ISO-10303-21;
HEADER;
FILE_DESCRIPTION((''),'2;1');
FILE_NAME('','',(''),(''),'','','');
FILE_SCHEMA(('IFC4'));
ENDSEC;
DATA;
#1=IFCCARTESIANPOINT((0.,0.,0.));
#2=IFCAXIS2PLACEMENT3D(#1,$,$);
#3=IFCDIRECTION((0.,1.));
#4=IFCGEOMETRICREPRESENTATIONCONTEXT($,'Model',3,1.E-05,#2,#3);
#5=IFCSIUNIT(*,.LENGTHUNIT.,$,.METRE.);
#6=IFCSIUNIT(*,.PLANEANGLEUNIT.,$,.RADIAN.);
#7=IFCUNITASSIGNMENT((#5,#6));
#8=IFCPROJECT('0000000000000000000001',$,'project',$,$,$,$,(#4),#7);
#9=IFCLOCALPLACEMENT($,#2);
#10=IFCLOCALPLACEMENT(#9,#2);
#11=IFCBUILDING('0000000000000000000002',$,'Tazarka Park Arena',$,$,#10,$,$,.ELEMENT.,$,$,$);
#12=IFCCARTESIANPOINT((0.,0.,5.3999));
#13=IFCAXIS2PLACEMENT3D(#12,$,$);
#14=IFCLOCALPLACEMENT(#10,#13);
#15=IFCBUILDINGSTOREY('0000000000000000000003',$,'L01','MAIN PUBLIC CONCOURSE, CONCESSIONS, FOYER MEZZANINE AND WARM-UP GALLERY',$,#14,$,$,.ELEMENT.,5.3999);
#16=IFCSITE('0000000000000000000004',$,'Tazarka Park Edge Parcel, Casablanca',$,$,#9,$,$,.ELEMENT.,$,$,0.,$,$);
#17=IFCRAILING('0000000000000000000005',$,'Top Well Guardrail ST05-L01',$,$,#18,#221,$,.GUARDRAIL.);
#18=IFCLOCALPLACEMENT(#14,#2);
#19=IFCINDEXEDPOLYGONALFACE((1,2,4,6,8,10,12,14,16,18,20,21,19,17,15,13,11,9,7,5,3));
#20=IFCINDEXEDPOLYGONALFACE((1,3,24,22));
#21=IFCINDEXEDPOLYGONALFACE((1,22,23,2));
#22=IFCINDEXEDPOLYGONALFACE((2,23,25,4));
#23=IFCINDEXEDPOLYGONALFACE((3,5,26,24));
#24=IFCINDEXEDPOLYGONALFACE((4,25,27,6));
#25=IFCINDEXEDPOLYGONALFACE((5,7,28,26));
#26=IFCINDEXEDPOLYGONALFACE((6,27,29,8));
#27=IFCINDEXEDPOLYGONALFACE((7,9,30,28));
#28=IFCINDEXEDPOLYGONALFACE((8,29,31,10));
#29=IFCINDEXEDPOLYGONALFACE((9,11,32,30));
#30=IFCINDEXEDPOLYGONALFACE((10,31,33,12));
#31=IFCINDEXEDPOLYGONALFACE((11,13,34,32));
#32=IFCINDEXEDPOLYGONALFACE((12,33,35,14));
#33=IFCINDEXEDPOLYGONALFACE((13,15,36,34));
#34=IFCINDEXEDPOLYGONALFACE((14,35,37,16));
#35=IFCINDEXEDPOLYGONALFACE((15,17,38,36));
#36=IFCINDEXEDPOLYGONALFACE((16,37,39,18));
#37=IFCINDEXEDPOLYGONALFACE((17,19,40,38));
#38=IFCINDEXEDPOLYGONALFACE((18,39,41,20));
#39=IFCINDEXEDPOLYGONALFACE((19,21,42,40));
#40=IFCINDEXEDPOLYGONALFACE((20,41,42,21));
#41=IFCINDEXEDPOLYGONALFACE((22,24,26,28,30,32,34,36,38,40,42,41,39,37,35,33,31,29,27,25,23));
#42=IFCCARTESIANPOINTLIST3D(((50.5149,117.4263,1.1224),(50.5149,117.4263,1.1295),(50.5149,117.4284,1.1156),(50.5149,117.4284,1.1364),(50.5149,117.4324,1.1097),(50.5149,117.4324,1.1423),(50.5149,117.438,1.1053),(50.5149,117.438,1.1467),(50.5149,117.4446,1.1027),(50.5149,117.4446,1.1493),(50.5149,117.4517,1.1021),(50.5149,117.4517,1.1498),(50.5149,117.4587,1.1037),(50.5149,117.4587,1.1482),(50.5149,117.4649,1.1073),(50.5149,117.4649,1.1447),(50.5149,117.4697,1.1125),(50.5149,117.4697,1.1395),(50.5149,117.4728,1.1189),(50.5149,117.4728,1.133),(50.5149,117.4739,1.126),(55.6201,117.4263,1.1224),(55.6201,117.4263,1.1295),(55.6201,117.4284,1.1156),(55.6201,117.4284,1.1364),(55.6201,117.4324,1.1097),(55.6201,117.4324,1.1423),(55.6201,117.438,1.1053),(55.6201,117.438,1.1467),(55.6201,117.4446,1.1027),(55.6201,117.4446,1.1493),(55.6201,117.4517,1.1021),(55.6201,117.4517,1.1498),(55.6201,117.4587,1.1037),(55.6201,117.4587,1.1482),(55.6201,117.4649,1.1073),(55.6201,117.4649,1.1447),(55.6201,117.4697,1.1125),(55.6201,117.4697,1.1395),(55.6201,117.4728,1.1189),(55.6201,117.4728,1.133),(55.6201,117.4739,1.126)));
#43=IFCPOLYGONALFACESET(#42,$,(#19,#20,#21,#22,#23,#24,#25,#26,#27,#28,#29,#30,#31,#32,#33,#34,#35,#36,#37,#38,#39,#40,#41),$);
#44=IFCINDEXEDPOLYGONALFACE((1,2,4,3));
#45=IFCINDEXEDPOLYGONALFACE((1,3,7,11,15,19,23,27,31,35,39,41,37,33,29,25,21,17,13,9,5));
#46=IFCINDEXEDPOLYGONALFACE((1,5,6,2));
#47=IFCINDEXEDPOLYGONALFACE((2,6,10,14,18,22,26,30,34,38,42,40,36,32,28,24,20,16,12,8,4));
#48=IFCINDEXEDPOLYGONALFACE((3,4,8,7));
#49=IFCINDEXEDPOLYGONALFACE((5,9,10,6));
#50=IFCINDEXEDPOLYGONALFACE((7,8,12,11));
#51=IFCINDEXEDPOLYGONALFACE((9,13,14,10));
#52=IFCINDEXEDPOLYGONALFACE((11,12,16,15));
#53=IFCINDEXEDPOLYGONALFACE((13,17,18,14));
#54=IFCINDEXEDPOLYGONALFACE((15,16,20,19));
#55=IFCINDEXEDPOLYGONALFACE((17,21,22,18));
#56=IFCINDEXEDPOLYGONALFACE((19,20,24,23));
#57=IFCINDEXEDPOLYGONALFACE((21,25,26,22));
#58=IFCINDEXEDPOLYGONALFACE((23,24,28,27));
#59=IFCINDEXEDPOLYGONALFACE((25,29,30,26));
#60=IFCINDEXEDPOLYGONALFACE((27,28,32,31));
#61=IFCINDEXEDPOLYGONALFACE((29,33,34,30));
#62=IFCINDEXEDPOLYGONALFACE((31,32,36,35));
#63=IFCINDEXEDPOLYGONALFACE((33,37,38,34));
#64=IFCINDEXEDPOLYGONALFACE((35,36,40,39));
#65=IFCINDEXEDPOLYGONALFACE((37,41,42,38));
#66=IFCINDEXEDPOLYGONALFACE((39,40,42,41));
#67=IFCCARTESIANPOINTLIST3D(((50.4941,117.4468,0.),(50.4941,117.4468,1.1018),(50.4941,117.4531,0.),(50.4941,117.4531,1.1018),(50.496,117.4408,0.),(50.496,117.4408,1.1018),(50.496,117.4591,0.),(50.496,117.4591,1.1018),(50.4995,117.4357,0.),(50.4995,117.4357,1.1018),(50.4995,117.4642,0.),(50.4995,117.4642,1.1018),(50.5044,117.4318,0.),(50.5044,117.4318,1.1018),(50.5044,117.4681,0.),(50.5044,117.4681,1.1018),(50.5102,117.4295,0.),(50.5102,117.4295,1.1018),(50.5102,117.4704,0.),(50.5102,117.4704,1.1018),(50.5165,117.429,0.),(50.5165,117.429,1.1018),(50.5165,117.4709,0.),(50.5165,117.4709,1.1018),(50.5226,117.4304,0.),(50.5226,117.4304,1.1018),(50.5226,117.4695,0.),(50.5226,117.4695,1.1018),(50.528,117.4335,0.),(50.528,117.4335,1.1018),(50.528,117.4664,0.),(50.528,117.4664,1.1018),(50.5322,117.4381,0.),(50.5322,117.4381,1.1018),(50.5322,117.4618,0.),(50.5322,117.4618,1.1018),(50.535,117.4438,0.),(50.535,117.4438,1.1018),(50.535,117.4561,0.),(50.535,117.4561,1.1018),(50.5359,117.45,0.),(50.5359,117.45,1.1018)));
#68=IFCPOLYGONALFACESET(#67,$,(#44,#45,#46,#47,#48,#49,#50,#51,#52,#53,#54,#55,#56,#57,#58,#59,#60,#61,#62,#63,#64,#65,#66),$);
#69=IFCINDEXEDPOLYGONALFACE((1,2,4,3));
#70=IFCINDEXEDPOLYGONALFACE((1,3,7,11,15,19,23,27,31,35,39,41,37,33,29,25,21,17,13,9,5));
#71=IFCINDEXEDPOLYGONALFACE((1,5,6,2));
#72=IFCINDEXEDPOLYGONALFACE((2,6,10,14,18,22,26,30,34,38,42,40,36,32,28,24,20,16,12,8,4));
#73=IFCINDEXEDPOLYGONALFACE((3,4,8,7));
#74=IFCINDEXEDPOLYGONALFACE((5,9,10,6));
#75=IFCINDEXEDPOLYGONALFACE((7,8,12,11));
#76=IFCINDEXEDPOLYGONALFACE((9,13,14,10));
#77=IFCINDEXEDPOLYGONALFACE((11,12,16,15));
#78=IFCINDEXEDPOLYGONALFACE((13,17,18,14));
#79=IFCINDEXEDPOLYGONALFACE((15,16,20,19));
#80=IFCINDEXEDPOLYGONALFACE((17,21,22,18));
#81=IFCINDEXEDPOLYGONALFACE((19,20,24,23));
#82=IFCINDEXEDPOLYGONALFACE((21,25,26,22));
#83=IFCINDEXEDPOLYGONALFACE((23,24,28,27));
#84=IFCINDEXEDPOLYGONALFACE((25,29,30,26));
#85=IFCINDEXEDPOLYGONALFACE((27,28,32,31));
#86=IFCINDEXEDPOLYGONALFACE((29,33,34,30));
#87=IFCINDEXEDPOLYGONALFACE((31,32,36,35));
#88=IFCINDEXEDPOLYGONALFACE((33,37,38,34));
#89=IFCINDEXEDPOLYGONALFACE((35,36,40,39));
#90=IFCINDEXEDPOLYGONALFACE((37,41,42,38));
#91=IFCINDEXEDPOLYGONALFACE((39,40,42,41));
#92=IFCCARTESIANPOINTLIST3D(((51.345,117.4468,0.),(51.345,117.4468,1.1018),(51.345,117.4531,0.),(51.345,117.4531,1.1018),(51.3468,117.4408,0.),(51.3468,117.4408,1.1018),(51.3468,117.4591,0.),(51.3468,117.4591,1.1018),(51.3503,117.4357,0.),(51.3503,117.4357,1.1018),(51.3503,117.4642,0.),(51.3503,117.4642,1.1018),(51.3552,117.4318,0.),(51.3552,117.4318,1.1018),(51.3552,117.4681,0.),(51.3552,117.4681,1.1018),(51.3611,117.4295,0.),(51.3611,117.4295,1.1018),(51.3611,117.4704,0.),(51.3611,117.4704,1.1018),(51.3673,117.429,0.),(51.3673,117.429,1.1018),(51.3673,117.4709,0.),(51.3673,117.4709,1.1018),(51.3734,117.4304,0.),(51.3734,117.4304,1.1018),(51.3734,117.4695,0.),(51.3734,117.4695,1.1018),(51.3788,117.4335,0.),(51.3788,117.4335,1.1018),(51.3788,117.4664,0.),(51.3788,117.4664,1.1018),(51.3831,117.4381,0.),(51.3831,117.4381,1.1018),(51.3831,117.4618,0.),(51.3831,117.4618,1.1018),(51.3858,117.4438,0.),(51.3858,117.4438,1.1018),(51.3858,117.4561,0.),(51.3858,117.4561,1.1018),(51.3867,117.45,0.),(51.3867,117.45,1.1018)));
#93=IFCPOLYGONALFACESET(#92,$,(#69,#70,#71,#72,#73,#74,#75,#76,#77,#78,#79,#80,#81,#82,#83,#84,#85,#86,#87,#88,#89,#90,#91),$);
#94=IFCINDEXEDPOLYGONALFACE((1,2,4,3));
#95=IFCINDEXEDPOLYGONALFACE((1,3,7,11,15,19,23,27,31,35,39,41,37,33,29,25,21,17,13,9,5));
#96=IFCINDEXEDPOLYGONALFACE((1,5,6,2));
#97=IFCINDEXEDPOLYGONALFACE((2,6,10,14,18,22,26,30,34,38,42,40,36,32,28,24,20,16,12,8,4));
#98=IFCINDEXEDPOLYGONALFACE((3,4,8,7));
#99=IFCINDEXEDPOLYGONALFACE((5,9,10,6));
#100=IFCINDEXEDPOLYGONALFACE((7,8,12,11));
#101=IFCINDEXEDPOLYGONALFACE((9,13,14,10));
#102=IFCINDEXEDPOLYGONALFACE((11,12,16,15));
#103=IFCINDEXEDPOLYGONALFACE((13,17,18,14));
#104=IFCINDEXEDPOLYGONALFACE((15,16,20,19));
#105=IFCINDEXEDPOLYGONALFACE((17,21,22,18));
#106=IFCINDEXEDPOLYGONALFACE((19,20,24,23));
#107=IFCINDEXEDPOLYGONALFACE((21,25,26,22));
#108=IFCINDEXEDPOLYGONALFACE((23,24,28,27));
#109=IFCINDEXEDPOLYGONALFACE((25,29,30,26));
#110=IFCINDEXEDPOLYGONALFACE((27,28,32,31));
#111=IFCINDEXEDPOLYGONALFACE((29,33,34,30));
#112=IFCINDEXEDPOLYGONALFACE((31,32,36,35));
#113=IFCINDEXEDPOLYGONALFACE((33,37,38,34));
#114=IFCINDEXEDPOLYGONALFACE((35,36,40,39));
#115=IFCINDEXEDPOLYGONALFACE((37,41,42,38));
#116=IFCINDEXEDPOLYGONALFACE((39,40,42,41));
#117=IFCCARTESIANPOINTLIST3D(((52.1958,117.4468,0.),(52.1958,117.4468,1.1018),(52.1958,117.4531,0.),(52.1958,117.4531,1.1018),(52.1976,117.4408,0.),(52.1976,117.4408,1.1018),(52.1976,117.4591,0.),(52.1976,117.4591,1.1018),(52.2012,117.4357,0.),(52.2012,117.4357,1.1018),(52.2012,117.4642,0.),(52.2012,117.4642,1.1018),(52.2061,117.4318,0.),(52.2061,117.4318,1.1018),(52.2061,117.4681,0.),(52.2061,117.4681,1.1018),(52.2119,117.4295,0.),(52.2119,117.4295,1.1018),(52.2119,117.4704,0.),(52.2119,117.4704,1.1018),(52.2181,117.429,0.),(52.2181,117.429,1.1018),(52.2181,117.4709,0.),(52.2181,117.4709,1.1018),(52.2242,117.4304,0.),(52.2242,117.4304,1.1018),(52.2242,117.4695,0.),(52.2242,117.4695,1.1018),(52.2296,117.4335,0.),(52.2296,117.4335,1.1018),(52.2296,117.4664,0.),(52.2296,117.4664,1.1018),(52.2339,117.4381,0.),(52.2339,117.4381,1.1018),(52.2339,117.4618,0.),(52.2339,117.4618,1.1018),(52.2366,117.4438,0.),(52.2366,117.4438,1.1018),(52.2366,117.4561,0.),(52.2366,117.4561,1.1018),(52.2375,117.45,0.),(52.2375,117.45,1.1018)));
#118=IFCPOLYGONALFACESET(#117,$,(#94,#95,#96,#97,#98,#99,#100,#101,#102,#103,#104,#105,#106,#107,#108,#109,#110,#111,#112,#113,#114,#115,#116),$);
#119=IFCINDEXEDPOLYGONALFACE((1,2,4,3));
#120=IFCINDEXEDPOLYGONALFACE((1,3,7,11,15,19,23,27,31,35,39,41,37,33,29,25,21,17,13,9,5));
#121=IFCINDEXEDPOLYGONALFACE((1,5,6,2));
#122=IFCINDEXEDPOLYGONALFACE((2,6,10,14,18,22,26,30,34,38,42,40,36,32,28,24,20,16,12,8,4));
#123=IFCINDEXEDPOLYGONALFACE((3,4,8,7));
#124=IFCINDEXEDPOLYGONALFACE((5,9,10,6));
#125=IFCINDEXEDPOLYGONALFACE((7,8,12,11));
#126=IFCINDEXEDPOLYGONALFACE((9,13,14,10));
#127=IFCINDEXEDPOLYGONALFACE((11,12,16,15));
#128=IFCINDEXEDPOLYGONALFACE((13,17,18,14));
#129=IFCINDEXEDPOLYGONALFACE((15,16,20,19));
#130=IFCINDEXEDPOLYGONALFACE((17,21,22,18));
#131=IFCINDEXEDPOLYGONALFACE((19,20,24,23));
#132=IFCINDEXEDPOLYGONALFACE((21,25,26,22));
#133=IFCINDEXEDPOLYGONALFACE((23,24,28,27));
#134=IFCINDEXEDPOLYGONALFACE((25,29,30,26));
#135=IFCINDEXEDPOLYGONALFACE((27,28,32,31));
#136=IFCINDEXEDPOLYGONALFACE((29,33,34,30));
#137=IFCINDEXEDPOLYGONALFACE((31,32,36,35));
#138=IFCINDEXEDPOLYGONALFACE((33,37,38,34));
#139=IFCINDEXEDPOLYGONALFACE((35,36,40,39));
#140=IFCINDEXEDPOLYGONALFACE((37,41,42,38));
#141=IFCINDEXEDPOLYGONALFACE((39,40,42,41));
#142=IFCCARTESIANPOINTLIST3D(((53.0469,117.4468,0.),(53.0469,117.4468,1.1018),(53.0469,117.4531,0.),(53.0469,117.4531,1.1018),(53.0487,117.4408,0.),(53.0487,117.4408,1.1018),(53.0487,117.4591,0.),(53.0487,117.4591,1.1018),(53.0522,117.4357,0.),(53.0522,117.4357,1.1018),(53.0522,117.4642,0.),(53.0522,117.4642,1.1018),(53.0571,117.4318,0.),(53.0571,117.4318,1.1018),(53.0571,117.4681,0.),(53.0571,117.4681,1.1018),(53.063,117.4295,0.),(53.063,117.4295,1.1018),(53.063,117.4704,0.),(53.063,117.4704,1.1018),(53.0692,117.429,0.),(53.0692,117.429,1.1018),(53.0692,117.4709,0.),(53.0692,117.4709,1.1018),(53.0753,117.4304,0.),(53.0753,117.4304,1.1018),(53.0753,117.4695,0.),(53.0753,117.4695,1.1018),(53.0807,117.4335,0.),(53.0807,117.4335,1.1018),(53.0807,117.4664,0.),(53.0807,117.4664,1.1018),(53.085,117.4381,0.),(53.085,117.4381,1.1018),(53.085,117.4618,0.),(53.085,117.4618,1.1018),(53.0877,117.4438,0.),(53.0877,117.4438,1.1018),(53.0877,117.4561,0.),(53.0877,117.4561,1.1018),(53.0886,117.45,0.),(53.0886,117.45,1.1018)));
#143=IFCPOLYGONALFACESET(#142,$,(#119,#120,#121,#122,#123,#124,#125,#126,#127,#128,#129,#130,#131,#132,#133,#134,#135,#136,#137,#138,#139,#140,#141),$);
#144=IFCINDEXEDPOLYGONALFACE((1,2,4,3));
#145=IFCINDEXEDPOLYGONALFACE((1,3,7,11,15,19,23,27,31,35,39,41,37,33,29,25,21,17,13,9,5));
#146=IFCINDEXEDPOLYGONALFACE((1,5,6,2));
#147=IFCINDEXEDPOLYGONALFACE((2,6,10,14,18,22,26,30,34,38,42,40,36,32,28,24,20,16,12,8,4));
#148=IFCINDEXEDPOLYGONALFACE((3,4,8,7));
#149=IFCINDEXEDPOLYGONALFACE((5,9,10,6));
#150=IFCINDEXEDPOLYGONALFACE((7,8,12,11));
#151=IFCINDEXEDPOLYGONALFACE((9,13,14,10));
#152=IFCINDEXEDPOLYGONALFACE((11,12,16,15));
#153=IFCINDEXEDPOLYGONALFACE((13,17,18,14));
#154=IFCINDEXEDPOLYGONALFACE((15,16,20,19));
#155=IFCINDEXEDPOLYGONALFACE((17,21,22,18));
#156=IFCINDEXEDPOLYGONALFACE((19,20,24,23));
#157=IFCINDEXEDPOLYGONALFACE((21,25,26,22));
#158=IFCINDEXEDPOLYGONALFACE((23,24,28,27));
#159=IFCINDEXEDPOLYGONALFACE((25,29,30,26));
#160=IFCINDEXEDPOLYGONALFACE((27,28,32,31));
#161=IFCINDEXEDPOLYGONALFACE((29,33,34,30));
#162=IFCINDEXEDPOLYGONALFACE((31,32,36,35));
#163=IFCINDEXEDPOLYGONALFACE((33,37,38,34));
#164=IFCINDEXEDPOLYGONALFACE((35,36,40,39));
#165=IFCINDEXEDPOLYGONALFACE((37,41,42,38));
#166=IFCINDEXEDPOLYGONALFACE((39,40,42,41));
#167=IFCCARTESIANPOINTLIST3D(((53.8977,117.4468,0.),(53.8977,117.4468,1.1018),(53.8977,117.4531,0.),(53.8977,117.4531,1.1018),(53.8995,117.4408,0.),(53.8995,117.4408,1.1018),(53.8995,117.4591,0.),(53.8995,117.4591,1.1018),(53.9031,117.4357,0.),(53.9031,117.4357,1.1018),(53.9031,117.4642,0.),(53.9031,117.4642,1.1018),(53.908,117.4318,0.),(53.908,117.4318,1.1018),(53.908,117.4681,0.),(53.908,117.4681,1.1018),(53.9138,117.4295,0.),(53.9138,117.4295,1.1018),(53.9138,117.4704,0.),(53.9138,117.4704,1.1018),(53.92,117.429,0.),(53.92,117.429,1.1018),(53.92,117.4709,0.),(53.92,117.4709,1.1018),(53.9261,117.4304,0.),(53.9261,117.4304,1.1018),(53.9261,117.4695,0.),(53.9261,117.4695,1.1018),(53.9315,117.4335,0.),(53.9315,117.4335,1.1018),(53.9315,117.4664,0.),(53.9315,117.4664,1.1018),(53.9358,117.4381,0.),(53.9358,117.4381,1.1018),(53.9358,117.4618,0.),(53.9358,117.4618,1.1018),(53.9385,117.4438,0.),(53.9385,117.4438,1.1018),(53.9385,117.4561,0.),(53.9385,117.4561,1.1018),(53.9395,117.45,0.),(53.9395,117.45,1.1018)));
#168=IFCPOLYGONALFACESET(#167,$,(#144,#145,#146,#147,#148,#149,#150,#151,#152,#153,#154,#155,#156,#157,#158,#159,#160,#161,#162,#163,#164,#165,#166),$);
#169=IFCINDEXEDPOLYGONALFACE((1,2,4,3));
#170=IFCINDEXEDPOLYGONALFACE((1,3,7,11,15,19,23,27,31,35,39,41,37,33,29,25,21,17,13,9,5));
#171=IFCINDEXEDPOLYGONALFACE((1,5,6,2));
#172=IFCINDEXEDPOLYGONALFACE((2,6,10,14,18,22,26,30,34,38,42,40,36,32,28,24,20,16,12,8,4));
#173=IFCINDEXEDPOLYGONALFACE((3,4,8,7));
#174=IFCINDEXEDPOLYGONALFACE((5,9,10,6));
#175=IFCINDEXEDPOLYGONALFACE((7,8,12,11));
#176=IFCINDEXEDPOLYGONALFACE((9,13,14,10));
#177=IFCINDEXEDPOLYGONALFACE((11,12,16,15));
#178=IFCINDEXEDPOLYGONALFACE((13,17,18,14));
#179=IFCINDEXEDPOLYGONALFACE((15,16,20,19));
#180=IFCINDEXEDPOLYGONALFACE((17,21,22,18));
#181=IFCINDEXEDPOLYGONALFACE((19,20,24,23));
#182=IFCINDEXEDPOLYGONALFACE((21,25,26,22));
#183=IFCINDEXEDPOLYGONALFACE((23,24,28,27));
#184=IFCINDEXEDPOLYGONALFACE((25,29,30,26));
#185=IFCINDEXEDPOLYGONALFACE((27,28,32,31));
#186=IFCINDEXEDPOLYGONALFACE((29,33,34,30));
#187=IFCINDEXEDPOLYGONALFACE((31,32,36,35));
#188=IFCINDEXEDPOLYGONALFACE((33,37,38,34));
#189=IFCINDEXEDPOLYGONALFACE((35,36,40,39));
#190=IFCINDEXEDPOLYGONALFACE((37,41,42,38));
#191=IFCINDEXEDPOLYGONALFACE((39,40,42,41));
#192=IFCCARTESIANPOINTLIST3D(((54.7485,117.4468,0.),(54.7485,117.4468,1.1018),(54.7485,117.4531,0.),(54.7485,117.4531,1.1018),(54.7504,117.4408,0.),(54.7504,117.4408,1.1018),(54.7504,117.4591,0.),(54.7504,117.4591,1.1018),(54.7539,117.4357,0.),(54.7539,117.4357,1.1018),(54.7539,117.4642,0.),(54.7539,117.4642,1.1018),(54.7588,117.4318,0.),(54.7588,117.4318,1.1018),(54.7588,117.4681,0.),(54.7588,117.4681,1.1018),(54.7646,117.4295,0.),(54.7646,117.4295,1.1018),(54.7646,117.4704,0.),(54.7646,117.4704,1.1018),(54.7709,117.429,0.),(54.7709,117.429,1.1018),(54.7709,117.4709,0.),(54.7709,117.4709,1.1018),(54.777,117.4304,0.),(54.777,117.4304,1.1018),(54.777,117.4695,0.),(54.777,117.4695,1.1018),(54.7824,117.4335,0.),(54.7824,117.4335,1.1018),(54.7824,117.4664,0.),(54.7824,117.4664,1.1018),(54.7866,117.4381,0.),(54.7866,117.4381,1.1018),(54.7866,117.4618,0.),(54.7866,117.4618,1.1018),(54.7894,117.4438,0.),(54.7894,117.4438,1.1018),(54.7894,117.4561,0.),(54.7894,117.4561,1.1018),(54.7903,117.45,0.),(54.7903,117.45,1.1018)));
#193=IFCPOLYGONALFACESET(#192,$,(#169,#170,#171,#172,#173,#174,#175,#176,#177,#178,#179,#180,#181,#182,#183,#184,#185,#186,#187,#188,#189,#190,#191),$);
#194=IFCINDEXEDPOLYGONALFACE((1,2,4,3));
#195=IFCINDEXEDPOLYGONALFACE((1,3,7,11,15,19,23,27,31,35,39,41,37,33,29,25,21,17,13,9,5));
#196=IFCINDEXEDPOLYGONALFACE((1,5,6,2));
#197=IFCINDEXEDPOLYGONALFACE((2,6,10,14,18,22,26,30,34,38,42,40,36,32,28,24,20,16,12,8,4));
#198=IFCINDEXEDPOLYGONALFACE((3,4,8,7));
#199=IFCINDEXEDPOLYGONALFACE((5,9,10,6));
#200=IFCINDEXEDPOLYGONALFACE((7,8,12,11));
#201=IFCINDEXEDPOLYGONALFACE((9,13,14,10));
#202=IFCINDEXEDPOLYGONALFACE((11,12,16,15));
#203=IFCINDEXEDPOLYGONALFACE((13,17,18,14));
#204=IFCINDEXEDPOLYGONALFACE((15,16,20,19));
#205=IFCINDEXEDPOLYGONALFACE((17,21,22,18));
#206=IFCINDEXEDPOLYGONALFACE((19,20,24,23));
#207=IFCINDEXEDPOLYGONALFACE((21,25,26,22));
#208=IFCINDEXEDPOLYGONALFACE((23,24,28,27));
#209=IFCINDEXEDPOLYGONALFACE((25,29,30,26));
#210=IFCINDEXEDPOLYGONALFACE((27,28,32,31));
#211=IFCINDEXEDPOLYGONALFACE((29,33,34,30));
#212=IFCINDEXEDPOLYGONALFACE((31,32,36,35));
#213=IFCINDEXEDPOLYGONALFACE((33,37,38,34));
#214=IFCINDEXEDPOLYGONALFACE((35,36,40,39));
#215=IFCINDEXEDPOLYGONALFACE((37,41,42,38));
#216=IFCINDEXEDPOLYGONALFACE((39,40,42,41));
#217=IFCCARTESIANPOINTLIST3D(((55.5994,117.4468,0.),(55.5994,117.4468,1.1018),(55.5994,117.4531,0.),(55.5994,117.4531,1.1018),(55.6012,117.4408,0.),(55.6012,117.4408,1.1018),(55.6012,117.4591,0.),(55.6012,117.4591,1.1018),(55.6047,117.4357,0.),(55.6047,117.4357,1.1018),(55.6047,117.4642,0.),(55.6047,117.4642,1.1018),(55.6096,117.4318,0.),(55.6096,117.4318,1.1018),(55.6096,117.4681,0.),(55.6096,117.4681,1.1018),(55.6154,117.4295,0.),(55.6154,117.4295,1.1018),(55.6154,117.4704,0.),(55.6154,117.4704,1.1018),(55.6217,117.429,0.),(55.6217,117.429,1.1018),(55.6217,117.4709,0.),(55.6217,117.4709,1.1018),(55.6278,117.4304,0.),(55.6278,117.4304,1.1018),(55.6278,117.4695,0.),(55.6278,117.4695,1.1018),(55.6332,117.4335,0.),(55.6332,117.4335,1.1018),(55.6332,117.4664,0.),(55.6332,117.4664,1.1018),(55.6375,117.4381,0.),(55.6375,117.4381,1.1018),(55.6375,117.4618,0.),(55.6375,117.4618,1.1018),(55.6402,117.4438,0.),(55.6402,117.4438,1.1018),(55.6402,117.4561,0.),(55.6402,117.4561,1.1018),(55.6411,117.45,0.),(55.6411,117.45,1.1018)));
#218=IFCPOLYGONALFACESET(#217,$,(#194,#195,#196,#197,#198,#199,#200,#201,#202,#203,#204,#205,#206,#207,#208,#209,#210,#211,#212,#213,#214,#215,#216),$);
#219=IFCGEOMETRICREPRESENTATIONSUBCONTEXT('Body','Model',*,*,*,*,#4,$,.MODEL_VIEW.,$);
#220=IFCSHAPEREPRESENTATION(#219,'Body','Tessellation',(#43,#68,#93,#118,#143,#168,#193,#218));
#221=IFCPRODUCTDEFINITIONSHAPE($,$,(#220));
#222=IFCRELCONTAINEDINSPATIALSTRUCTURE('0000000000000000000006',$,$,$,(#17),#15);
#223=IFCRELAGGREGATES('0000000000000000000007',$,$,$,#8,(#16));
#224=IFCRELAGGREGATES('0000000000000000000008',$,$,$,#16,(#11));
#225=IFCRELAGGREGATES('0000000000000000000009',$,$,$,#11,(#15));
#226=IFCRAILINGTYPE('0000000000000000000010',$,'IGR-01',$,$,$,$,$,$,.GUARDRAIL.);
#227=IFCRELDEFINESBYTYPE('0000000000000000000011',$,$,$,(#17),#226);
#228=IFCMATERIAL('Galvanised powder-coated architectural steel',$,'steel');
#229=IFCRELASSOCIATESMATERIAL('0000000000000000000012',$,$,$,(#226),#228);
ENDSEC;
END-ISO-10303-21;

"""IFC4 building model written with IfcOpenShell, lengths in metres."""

from ifc_helpers import new_model, si_unit, direction, frame, origin, origin_2d, place, context, subcontext, project, spatial, circle, extrude, material, type_object, element, save


model = new_model("IFC4")

# Units and contexts
model_context = context("Model", 3, precision=1e-05, world=origin(), true_north=direction((0.0, 1.0)))
body_context = subcontext(model_context, "Body", "Model", "MODEL_VIEW")
ifc_project = project(units=[si_unit("LENGTHUNIT", "METRE"), si_unit("PLANEANGLEUNIT", "RADIAN")], contexts=[model_context])

# Site, building, storey
site_placement = place(None, origin())
site = spatial("IfcSite", under=ifc_project, at=site_placement, Name="Tazarka Park Edge Parcel, Casablanca", CompositionType="ELEMENT", RefElevation=0.0)
building_placement = place(site_placement, origin())
building = spatial("IfcBuilding", under=site, at=building_placement, Name="Tazarka Park Arena", CompositionType="ELEMENT")
storey_placement = place(building_placement, frame((0.0, 0.0, 5.3999)))
storey = spatial("IfcBuildingStorey", under=building, at=storey_placement, Name="L01", Description="MAIN PUBLIC CONCOURSE, CONCESSIONS, FOYER MEZZANINE AND WARM-UP GALLERY", CompositionType="ELEMENT", Elevation=5.3999)

# Railing
ifc_material_1 = material(Name="Galvanised powder-coated architectural steel", Category="steel")
railing_type = type_object("IfcRailingType", Name="IGR-01", PredefinedType="GUARDRAIL", material=ifc_material_1)
railing_1_placement = place(storey_placement, frame((50.5149, 117.45, 0.0)))
element("IfcRailing", 1, at=railing_1_placement, inside=storey, type_object=railing_type, Name="Top Well Guardrail ST05-L01", PredefinedType="GUARDRAIL", context=body_context, shape_type="SweptSolid", body=[
    extrude(circle(Radius=0.0239, at=origin_2d()), frame((0.0, 0.0, 1.126), z_axis=(1.0, 0.0, 0.0), x_axis=(0.0, 1.0, 0.0)), (0.0, 0.0, 1.0), 5.1052),
    extrude(circle(Radius=0.021, at=origin_2d()), origin(), (0.0, 0.0, 1.0), 1.1018),
    extrude(circle(Radius=0.021, at=origin_2d()), frame((0.8508, 0.0, 0.0)), (0.0, 0.0, 1.0), 1.1018),
    extrude(circle(Radius=0.021, at=origin_2d()), frame((1.7017, 0.0, 0.0)), (0.0, 0.0, 1.0), 1.1018),
    extrude(circle(Radius=0.021, at=origin_2d()), frame((2.5527, 0.0, 0.0)), (0.0, 0.0, 1.0), 1.1018),
    extrude(circle(Radius=0.021, at=origin_2d()), frame((3.4036, 0.0, 0.0)), (0.0, 0.0, 1.0), 1.1018),
    extrude(circle(Radius=0.021, at=origin_2d()), frame((4.2544, 0.0, 0.0)), (0.0, 0.0, 1.0), 1.1018),
    extrude(circle(Radius=0.021, at=origin_2d()), frame((5.1052, 0.0, 0.0)), (0.0, 0.0, 1.0), 1.1018),
])

save(model, "model.ifc")
